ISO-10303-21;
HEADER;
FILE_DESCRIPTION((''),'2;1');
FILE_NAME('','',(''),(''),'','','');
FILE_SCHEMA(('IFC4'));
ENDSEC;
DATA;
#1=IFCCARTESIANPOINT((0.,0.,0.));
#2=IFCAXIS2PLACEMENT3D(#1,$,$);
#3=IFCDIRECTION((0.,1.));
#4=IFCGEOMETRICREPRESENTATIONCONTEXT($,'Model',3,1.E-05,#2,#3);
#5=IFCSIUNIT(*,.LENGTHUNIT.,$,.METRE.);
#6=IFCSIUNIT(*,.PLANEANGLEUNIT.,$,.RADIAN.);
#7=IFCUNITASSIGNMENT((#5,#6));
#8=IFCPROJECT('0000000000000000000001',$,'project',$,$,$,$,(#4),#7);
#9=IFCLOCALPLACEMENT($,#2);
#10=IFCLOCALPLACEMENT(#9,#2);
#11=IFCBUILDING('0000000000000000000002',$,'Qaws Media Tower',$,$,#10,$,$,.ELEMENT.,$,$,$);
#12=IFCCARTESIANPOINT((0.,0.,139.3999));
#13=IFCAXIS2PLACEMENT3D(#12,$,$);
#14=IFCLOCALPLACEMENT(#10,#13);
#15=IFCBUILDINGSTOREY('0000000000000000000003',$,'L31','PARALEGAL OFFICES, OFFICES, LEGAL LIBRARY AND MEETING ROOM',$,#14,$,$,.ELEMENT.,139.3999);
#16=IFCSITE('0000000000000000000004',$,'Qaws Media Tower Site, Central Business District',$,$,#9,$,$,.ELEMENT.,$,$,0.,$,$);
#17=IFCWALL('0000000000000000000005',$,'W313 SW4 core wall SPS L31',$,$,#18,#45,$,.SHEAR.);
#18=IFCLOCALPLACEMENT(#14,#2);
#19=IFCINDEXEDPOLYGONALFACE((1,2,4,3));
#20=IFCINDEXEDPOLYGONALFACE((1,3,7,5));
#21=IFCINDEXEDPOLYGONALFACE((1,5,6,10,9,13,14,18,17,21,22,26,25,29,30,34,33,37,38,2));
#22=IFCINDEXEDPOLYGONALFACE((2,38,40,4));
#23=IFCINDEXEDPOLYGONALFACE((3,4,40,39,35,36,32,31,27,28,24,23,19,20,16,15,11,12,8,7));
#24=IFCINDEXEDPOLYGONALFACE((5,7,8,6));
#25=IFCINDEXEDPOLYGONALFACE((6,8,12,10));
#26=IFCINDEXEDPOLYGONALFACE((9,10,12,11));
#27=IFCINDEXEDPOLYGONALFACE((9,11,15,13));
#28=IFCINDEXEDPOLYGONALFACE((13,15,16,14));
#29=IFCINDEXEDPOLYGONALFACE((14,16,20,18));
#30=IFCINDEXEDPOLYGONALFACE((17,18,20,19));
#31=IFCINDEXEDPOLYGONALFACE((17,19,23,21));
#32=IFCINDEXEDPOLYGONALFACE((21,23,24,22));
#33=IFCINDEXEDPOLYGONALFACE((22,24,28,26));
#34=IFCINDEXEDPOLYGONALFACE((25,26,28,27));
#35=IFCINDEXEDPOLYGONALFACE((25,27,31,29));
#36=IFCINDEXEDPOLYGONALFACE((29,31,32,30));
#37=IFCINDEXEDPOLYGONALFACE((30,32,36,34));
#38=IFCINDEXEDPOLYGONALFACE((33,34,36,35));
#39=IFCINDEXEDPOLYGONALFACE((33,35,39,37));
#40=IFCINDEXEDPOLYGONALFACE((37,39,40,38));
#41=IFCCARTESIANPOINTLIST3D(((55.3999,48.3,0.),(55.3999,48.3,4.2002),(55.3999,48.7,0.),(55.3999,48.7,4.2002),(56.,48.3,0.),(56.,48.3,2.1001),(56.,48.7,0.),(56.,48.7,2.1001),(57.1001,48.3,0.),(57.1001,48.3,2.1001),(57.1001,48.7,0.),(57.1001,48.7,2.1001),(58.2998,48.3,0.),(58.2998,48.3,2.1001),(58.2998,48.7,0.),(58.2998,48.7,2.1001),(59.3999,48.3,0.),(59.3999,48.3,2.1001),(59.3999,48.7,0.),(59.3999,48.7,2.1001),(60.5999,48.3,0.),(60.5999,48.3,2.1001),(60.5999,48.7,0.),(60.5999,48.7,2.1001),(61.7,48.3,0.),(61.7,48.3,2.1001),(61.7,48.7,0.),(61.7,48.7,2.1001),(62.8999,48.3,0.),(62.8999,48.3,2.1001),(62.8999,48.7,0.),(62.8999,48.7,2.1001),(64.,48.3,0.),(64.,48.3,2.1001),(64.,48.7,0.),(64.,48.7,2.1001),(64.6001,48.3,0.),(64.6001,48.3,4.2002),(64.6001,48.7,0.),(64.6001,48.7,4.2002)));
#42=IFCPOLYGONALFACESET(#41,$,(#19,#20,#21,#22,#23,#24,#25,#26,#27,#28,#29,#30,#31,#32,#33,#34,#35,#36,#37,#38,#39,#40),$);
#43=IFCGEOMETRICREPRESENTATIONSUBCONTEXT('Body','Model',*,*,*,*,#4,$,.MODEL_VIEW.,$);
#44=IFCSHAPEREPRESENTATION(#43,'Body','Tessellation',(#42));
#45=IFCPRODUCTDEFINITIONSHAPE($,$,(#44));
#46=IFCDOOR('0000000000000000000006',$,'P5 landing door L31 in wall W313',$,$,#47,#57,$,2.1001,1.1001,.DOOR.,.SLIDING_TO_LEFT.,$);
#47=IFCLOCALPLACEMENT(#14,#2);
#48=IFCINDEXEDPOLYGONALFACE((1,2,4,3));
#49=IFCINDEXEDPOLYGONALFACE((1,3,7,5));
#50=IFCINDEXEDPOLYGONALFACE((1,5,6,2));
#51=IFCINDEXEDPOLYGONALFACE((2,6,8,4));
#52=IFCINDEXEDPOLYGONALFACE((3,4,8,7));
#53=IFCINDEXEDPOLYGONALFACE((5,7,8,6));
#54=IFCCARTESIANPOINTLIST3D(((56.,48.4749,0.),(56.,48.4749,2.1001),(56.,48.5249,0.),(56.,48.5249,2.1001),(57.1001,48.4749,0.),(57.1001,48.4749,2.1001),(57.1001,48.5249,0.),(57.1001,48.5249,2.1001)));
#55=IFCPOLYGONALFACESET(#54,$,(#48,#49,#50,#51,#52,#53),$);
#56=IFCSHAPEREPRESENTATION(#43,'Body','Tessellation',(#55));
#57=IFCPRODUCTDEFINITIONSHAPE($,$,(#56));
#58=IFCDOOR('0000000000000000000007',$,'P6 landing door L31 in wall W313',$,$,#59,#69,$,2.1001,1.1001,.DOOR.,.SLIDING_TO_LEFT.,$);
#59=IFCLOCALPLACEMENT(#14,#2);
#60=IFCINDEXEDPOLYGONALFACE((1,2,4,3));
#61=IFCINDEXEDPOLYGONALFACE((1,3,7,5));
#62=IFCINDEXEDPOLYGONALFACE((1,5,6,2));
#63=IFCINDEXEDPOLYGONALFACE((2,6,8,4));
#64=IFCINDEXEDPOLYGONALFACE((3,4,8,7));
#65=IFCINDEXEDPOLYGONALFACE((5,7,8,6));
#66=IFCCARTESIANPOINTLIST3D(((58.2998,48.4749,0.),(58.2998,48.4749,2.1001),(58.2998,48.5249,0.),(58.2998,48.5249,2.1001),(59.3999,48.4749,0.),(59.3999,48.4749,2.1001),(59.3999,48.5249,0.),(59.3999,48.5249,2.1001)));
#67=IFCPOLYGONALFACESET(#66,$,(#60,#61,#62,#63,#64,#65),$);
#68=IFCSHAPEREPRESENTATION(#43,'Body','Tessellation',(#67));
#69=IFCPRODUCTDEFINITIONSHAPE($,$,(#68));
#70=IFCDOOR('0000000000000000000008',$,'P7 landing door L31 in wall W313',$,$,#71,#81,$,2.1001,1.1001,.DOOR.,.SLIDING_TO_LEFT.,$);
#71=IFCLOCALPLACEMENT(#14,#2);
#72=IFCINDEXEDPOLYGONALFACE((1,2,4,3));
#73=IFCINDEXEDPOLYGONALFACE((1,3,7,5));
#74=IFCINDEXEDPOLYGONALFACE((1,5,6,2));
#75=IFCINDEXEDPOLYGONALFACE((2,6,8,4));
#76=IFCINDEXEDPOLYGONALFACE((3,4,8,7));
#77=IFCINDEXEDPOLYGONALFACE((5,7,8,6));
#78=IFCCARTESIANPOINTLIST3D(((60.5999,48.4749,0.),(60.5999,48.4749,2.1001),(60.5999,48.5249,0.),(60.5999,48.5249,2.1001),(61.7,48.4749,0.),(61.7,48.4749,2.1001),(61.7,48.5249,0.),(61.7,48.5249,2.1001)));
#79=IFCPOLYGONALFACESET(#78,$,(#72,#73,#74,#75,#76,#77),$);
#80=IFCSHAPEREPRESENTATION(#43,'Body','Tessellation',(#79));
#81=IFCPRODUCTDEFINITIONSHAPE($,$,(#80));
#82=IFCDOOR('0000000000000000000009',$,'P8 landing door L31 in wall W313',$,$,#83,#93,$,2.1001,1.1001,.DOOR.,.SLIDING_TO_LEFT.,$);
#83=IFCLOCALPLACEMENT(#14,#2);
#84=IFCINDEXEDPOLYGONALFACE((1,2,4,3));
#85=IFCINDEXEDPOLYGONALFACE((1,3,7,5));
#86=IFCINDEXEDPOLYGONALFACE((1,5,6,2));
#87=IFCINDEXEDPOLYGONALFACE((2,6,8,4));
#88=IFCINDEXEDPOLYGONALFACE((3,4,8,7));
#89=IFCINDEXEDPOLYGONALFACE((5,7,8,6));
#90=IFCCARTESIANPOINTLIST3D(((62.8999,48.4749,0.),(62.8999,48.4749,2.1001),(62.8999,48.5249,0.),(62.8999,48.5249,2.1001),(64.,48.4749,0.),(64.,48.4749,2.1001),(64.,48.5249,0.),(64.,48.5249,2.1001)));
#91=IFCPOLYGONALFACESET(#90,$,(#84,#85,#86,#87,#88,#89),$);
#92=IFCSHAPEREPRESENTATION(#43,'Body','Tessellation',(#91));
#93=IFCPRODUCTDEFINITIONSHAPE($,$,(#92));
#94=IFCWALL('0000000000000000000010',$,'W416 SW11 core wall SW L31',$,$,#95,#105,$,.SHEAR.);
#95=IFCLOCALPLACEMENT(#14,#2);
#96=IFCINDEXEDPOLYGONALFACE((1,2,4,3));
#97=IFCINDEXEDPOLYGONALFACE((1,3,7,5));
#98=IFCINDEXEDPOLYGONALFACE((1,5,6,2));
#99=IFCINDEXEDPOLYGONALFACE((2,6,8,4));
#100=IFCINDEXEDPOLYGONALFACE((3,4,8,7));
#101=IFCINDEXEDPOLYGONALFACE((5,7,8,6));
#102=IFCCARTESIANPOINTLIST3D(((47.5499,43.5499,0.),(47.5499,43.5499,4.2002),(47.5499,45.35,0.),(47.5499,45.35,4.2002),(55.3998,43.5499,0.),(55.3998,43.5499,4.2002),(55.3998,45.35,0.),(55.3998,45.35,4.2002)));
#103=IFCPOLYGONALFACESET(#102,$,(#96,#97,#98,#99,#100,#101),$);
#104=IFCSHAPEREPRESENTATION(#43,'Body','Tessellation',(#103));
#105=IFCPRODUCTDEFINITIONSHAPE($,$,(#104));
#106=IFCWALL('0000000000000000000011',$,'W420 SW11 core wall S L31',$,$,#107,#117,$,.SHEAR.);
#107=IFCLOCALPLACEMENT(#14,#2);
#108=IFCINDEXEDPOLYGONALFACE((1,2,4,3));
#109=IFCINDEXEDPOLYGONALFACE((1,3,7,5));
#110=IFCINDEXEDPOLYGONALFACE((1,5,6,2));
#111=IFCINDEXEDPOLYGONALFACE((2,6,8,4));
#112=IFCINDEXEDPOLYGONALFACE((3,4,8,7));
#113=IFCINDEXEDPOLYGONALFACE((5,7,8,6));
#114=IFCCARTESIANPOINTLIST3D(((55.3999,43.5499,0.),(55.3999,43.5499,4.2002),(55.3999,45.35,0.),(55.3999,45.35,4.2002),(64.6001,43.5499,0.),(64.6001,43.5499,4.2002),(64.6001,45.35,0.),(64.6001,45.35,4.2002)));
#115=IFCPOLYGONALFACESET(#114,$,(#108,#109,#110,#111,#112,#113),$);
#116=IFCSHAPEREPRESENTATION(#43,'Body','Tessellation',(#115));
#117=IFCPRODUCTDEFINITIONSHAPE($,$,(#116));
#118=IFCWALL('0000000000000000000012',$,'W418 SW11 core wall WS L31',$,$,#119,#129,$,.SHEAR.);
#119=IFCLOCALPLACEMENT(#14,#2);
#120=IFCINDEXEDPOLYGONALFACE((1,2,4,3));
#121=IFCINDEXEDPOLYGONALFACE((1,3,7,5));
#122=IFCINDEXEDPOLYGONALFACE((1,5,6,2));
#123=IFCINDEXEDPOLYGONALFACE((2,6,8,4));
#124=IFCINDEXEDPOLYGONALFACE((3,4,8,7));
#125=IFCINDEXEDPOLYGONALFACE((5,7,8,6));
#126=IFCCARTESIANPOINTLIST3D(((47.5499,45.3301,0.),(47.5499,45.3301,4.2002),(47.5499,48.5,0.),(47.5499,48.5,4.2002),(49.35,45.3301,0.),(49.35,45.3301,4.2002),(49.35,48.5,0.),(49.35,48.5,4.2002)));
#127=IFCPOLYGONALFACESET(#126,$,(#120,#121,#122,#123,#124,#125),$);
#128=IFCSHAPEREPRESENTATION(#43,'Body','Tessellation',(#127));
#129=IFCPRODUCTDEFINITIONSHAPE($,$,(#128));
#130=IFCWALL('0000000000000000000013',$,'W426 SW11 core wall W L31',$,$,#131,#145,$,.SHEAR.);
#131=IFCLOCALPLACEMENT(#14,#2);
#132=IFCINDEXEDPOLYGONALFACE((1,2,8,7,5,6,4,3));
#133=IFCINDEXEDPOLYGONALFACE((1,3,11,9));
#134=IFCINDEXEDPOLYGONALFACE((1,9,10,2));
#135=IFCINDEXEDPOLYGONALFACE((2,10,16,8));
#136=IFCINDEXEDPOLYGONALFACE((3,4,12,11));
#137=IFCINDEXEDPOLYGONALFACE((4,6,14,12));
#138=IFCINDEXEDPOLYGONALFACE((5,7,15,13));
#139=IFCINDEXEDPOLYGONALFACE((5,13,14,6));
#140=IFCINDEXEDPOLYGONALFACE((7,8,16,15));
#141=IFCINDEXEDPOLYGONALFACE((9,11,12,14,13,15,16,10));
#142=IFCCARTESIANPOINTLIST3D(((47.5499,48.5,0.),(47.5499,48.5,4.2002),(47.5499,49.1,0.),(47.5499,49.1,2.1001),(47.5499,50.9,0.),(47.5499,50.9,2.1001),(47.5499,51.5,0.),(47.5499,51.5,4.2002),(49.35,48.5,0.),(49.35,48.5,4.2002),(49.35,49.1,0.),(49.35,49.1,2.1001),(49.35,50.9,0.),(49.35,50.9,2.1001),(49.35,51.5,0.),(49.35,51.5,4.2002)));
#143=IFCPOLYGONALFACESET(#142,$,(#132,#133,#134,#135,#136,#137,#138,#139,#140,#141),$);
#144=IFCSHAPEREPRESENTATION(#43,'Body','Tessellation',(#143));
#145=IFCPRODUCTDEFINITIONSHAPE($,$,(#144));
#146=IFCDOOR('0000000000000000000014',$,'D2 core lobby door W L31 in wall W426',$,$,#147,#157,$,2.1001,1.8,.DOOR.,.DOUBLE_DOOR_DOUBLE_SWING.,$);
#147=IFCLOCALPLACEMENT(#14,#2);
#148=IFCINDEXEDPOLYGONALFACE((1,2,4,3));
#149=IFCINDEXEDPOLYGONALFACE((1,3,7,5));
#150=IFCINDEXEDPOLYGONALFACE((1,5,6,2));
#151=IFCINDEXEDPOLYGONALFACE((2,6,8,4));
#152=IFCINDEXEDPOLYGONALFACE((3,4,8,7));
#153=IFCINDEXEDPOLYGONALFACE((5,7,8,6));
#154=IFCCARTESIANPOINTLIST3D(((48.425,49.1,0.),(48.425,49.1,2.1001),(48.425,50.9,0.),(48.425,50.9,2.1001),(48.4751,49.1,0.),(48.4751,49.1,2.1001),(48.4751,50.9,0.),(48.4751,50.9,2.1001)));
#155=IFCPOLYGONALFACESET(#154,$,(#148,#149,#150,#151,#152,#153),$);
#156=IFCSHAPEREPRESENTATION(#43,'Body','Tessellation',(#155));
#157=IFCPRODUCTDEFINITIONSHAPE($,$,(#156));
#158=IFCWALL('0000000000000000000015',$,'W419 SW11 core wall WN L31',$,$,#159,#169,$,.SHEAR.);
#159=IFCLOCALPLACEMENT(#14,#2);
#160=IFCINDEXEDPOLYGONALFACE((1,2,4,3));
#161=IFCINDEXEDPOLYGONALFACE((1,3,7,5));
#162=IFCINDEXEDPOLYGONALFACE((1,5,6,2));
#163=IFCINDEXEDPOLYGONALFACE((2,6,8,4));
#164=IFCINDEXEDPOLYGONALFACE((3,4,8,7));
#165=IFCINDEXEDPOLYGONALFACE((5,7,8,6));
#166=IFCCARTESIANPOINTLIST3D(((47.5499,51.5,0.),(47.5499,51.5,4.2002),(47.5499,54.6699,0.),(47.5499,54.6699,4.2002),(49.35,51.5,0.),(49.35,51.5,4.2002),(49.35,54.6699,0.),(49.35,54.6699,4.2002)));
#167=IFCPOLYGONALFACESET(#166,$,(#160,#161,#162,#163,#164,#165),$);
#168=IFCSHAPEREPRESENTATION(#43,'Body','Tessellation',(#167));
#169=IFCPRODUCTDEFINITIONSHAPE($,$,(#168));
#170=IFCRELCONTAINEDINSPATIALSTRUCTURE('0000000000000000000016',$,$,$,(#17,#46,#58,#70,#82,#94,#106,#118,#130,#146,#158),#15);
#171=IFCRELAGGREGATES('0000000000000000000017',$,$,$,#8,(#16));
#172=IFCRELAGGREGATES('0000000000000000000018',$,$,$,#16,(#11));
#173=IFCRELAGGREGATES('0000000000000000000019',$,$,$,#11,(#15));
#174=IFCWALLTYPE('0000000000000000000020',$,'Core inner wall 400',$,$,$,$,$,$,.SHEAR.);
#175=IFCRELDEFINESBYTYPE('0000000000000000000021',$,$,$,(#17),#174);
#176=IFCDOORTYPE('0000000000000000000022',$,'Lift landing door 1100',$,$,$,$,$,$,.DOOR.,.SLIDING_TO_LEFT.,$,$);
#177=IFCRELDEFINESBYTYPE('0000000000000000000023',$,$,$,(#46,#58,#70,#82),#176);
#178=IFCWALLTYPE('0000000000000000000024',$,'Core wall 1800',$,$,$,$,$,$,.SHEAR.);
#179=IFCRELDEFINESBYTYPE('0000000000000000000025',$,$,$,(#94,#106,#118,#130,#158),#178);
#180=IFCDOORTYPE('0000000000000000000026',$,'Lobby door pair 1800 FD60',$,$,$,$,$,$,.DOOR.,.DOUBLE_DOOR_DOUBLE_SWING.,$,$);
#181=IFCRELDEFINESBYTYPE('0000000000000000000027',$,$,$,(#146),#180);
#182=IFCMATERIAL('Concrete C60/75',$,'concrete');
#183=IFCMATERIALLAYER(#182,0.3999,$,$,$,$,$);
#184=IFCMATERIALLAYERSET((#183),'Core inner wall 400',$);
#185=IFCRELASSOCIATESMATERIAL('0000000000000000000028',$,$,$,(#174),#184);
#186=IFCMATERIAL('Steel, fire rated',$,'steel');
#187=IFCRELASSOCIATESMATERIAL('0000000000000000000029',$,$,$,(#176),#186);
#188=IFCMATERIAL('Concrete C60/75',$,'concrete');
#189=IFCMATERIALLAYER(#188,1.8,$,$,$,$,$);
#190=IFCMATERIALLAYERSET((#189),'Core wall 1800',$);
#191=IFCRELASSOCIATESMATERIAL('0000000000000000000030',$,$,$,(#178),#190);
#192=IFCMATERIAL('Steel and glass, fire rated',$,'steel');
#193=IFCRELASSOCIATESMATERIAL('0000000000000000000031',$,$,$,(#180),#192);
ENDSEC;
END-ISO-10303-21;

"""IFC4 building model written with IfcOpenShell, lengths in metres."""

from ifc_helpers import new_model, si_unit, direction, frame, frame_2d, origin, place, context, subcontext, project, spatial, rectangle, extrude, material, layer, layer_set, type_object, element, fill, save


model = new_model("IFC4")

# Units and contexts
model_context = context("Model", 3, precision=1e-05, world=origin(), true_north=direction((0.0, 1.0)))
body_context = subcontext(model_context, "Body", "Model", "MODEL_VIEW")
ifc_project = project(units=[si_unit("LENGTHUNIT", "METRE"), si_unit("PLANEANGLEUNIT", "RADIAN")], contexts=[model_context])

# Site, building, storey
site_placement = place(None, origin())
site = spatial("IfcSite", under=ifc_project, at=site_placement, Name="Qaws Media Tower Site, Central Business District", CompositionType="ELEMENT", RefElevation=0.0)
building_placement = place(site_placement, origin())
building = spatial("IfcBuilding", under=site, at=building_placement, Name="Qaws Media Tower", CompositionType="ELEMENT")
storey_placement = place(building_placement, frame((0.0, 0.0, 139.3999)))
storey = spatial("IfcBuildingStorey", under=building, at=storey_placement, Name="L31", Description="PARALEGAL OFFICES, OFFICES, LEGAL LIBRARY AND MEETING ROOM", CompositionType="ELEMENT", Elevation=139.3999)

# Shared definitions
ifc_material_1 = material(Name="Concrete C60/75", Category="concrete")
ifc_layer_1 = layer(ifc_material_1, 0.3999)
ifc_layer_set_1 = layer_set([ifc_layer_1], Name="Core inner wall 400")
wall_type_1 = type_object("IfcWallType", Name="Core inner wall 400", PredefinedType="SHEAR", material=ifc_layer_set_1)

# Wall, openings, doors
wall_1_placement = place(storey_placement, frame((55.3999, 48.5, 0.0), z_axis=(0.0, 0.0, 1.0), x_axis=(1.0, 0.0, 0.0)))
wall_1 = element("IfcWall", 1, at=wall_1_placement, inside=storey, type_object=wall_type_1, Name="W313 SW4 core wall SPS L31", PredefinedType="SHEAR", context=body_context, shape_type="SweptSolid", body=[
    extrude(rectangle(XDim=9.2002, YDim=0.3999, at=frame_2d((4.6001, 0.0))), origin(), (0.0, 0.0, 1.0), 4.2002),
])
opening_1_placement = place(wall_1_placement, frame((0.6001, 0.0, 0.0)))
opening_1 = element("IfcOpeningElement", 2, at=opening_1_placement, cuts=wall_1, PredefinedType="OPENING", context=body_context, shape_type="SweptSolid", body=[
    extrude(rectangle(XDim=1.1001, YDim=2.1001, at=frame_2d((0.55, 1.05))), frame((0.0, 0.21, 0.0), z_axis=(0.0, -1.0, 0.0), x_axis=(1.0, 0.0, 0.0)), (0.0, 0.0, 1.0), 0.4199),
])
opening_2_placement = place(wall_1_placement, frame((2.8999, 0.0, 0.0)))
opening_2 = element("IfcOpeningElement", 3, at=opening_2_placement, cuts=wall_1, PredefinedType="OPENING", context=body_context, shape_type="SweptSolid", body=[
    extrude(rectangle(XDim=1.1001, YDim=2.1001, at=frame_2d((0.55, 1.05))), frame((0.0, 0.21, 0.0), z_axis=(0.0, -1.0, 0.0), x_axis=(1.0, 0.0, 0.0)), (0.0, 0.0, 1.0), 0.4199),
])
opening_3_placement = place(wall_1_placement, frame((5.2, 0.0, 0.0)))
opening_3 = element("IfcOpeningElement", 4, at=opening_3_placement, cuts=wall_1, PredefinedType="OPENING", context=body_context, shape_type="SweptSolid", body=[
    extrude(rectangle(XDim=1.1001, YDim=2.1001, at=frame_2d((0.55, 1.05))), frame((0.0, 0.21, 0.0), z_axis=(0.0, -1.0, 0.0), x_axis=(1.0, 0.0, 0.0)), (0.0, 0.0, 1.0), 0.4199),
])
opening_4_placement = place(wall_1_placement, frame((7.5, 0.0, 0.0)))
opening_4 = element("IfcOpeningElement", 5, at=opening_4_placement, cuts=wall_1, PredefinedType="OPENING", context=body_context, shape_type="SweptSolid", body=[
    extrude(rectangle(XDim=1.1001, YDim=2.1001, at=frame_2d((0.55, 1.05))), frame((0.0, 0.21, 0.0), z_axis=(0.0, -1.0, 0.0), x_axis=(1.0, 0.0, 0.0)), (0.0, 0.0, 1.0), 0.4199),
])
ifc_material_2 = material(Name="Steel, fire rated", Category="steel")
door_type_1 = type_object("IfcDoorType", Name="Lift landing door 1100", OperationType="SLIDING_TO_LEFT", PredefinedType="DOOR", material=ifc_material_2)
door_1_placement = place(opening_1_placement, origin())
door_1 = element("IfcDoor", 6, at=door_1_placement, inside=storey, type_object=door_type_1, Name="P5 landing door L31 in wall W313", OperationType="SLIDING_TO_LEFT", OverallHeight=2.1001, OverallWidth=1.1001, PredefinedType="DOOR", context=body_context, shape_type="SweptSolid", body=[
    extrude(rectangle(XDim=1.1001, YDim=2.1001, at=frame_2d((0.55, 1.05))), frame((0.0, 0.0249, 0.0), z_axis=(0.0, -1.0, 0.0), x_axis=(1.0, 0.0, 0.0)), (0.0, 0.0, 1.0), 0.05),
])
fill(opening_1, door_1)
door_2_placement = place(opening_2_placement, origin())
door_2 = element("IfcDoor", 7, at=door_2_placement, inside=storey, type_object=door_type_1, Name="P6 landing door L31 in wall W313", OperationType="SLIDING_TO_LEFT", OverallHeight=2.1001, OverallWidth=1.1001, PredefinedType="DOOR", context=body_context, shape_type="SweptSolid", body=[
    extrude(rectangle(XDim=1.1001, YDim=2.1001, at=frame_2d((0.55, 1.05))), frame((0.0, 0.0249, 0.0), z_axis=(0.0, -1.0, 0.0), x_axis=(1.0, 0.0, 0.0)), (0.0, 0.0, 1.0), 0.05),
])
fill(opening_2, door_2)
door_3_placement = place(opening_3_placement, origin())
door_3 = element("IfcDoor", 8, at=door_3_placement, inside=storey, type_object=door_type_1, Name="P7 landing door L31 in wall W313", OperationType="SLIDING_TO_LEFT", OverallHeight=2.1001, OverallWidth=1.1001, PredefinedType="DOOR", context=body_context, shape_type="SweptSolid", body=[
    extrude(rectangle(XDim=1.1001, YDim=2.1001, at=frame_2d((0.55, 1.05))), frame((0.0, 0.0249, 0.0), z_axis=(0.0, -1.0, 0.0), x_axis=(1.0, 0.0, 0.0)), (0.0, 0.0, 1.0), 0.05),
])
fill(opening_3, door_3)
door_4_placement = place(opening_4_placement, origin())
door_4 = element("IfcDoor", 9, at=door_4_placement, inside=storey, type_object=door_type_1, Name="P8 landing door L31 in wall W313", OperationType="SLIDING_TO_LEFT", OverallHeight=2.1001, OverallWidth=1.1001, PredefinedType="DOOR", context=body_context, shape_type="SweptSolid", body=[
    extrude(rectangle(XDim=1.1001, YDim=2.1001, at=frame_2d((0.55, 1.05))), frame((0.0, 0.0249, 0.0), z_axis=(0.0, -1.0, 0.0), x_axis=(1.0, 0.0, 0.0)), (0.0, 0.0, 1.0), 0.05),
])
fill(opening_4, door_4)

# Walls
ifc_material_3 = material(Name="Concrete C60/75", Category="concrete")
ifc_layer_2 = layer(ifc_material_3, 1.8)
ifc_layer_set_2 = layer_set([ifc_layer_2], Name="Core wall 1800")
wall_type_2 = type_object("IfcWallType", Name="Core wall 1800", PredefinedType="SHEAR", material=ifc_layer_set_2)
wall_2_placement = place(storey_placement, frame((47.55, 44.45, 0.0), z_axis=(0.0, 0.0, 1.0), x_axis=(1.0, 0.0, 0.0)))
element("IfcWall", 10, at=wall_2_placement, inside=storey, type_object=wall_type_2, Name="W416 SW11 core wall SW L31", PredefinedType="SHEAR", context=body_context, shape_type="SweptSolid", body=[
    extrude(rectangle(XDim=7.8499, YDim=1.8, at=frame_2d((3.9248, 0.0))), origin(), (0.0, 0.0, 1.0), 4.2002),
])
wall_3_placement = place(storey_placement, frame((55.3999, 44.45, 0.0), z_axis=(0.0, 0.0, 1.0), x_axis=(1.0, 0.0, 0.0)))
element("IfcWall", 11, at=wall_3_placement, inside=storey, type_object=wall_type_2, Name="W420 SW11 core wall S L31", PredefinedType="SHEAR", context=body_context, shape_type="SweptSolid", body=[
    extrude(rectangle(XDim=9.2002, YDim=1.8, at=frame_2d((4.6001, 0.0))), origin(), (0.0, 0.0, 1.0), 4.2002),
])
wall_4_placement = place(storey_placement, frame((48.45, 45.3301, 0.0), z_axis=(0.0, 0.0, 1.0), x_axis=(0.0, 1.0, 0.0)))
element("IfcWall", 12, at=wall_4_placement, inside=storey, type_object=wall_type_2, Name="W418 SW11 core wall WS L31", PredefinedType="SHEAR", context=body_context, shape_type="SweptSolid", body=[
    extrude(rectangle(XDim=3.1699, YDim=1.8, at=frame_2d((1.585, 0.0))), origin(), (0.0, 0.0, 1.0), 4.2002),
])

# Wall, opening, door
wall_5_placement = place(storey_placement, frame((48.45, 48.5, 0.0), z_axis=(0.0, 0.0, 1.0), x_axis=(0.0, 1.0, 0.0)))
wall_5 = element("IfcWall", 13, at=wall_5_placement, inside=storey, type_object=wall_type_2, Name="W426 SW11 core wall W L31", PredefinedType="SHEAR", context=body_context, shape_type="SweptSolid", body=[
    extrude(rectangle(XDim=3.0, YDim=1.8, at=frame_2d((1.5, 0.0))), origin(), (0.0, 0.0, 1.0), 4.2002),
])
opening_5_placement = place(wall_5_placement, frame((0.6001, 0.0, 0.0)))
opening_5 = element("IfcOpeningElement", 14, at=opening_5_placement, cuts=wall_5, PredefinedType="OPENING", context=body_context, shape_type="SweptSolid", body=[
    extrude(rectangle(XDim=1.8, YDim=2.1001, at=frame_2d((0.8999, 1.05))), frame((0.0, 0.9099, 0.0), z_axis=(0.0, -1.0, 0.0), x_axis=(1.0, 0.0, 0.0)), (0.0, 0.0, 1.0), 1.8201),
])
ifc_material_4 = material(Name="Steel and glass, fire rated", Category="steel")
door_type_2 = type_object("IfcDoorType", Name="Lobby door pair 1800 FD60", OperationType="DOUBLE_DOOR_DOUBLE_SWING", PredefinedType="DOOR", material=ifc_material_4)
door_5_placement = place(opening_5_placement, origin())
door_5 = element("IfcDoor", 15, at=door_5_placement, inside=storey, type_object=door_type_2, Name="D2 core lobby door W L31 in wall W426", OperationType="DOUBLE_DOOR_DOUBLE_SWING", OverallHeight=2.1001, OverallWidth=1.8, PredefinedType="DOOR", context=body_context, shape_type="SweptSolid", body=[
    extrude(rectangle(XDim=1.8, YDim=2.1001, at=frame_2d((0.8999, 1.05))), frame((0.0, 0.0249, 0.0), z_axis=(0.0, -1.0, 0.0), x_axis=(1.0, 0.0, 0.0)), (0.0, 0.0, 1.0), 0.05),
])
fill(opening_5, door_5)

# Wall
wall_6_placement = place(storey_placement, frame((48.45, 51.5, 0.0), z_axis=(0.0, 0.0, 1.0), x_axis=(0.0, 1.0, 0.0)))
element("IfcWall", 16, at=wall_6_placement, inside=storey, type_object=wall_type_2, Name="W419 SW11 core wall WN L31", PredefinedType="SHEAR", context=body_context, shape_type="SweptSolid", body=[
    extrude(rectangle(XDim=3.1699, YDim=1.8, at=frame_2d((1.585, 0.0))), origin(), (0.0, 0.0, 1.0), 4.2002),
])

save(model, "model.ifc")
